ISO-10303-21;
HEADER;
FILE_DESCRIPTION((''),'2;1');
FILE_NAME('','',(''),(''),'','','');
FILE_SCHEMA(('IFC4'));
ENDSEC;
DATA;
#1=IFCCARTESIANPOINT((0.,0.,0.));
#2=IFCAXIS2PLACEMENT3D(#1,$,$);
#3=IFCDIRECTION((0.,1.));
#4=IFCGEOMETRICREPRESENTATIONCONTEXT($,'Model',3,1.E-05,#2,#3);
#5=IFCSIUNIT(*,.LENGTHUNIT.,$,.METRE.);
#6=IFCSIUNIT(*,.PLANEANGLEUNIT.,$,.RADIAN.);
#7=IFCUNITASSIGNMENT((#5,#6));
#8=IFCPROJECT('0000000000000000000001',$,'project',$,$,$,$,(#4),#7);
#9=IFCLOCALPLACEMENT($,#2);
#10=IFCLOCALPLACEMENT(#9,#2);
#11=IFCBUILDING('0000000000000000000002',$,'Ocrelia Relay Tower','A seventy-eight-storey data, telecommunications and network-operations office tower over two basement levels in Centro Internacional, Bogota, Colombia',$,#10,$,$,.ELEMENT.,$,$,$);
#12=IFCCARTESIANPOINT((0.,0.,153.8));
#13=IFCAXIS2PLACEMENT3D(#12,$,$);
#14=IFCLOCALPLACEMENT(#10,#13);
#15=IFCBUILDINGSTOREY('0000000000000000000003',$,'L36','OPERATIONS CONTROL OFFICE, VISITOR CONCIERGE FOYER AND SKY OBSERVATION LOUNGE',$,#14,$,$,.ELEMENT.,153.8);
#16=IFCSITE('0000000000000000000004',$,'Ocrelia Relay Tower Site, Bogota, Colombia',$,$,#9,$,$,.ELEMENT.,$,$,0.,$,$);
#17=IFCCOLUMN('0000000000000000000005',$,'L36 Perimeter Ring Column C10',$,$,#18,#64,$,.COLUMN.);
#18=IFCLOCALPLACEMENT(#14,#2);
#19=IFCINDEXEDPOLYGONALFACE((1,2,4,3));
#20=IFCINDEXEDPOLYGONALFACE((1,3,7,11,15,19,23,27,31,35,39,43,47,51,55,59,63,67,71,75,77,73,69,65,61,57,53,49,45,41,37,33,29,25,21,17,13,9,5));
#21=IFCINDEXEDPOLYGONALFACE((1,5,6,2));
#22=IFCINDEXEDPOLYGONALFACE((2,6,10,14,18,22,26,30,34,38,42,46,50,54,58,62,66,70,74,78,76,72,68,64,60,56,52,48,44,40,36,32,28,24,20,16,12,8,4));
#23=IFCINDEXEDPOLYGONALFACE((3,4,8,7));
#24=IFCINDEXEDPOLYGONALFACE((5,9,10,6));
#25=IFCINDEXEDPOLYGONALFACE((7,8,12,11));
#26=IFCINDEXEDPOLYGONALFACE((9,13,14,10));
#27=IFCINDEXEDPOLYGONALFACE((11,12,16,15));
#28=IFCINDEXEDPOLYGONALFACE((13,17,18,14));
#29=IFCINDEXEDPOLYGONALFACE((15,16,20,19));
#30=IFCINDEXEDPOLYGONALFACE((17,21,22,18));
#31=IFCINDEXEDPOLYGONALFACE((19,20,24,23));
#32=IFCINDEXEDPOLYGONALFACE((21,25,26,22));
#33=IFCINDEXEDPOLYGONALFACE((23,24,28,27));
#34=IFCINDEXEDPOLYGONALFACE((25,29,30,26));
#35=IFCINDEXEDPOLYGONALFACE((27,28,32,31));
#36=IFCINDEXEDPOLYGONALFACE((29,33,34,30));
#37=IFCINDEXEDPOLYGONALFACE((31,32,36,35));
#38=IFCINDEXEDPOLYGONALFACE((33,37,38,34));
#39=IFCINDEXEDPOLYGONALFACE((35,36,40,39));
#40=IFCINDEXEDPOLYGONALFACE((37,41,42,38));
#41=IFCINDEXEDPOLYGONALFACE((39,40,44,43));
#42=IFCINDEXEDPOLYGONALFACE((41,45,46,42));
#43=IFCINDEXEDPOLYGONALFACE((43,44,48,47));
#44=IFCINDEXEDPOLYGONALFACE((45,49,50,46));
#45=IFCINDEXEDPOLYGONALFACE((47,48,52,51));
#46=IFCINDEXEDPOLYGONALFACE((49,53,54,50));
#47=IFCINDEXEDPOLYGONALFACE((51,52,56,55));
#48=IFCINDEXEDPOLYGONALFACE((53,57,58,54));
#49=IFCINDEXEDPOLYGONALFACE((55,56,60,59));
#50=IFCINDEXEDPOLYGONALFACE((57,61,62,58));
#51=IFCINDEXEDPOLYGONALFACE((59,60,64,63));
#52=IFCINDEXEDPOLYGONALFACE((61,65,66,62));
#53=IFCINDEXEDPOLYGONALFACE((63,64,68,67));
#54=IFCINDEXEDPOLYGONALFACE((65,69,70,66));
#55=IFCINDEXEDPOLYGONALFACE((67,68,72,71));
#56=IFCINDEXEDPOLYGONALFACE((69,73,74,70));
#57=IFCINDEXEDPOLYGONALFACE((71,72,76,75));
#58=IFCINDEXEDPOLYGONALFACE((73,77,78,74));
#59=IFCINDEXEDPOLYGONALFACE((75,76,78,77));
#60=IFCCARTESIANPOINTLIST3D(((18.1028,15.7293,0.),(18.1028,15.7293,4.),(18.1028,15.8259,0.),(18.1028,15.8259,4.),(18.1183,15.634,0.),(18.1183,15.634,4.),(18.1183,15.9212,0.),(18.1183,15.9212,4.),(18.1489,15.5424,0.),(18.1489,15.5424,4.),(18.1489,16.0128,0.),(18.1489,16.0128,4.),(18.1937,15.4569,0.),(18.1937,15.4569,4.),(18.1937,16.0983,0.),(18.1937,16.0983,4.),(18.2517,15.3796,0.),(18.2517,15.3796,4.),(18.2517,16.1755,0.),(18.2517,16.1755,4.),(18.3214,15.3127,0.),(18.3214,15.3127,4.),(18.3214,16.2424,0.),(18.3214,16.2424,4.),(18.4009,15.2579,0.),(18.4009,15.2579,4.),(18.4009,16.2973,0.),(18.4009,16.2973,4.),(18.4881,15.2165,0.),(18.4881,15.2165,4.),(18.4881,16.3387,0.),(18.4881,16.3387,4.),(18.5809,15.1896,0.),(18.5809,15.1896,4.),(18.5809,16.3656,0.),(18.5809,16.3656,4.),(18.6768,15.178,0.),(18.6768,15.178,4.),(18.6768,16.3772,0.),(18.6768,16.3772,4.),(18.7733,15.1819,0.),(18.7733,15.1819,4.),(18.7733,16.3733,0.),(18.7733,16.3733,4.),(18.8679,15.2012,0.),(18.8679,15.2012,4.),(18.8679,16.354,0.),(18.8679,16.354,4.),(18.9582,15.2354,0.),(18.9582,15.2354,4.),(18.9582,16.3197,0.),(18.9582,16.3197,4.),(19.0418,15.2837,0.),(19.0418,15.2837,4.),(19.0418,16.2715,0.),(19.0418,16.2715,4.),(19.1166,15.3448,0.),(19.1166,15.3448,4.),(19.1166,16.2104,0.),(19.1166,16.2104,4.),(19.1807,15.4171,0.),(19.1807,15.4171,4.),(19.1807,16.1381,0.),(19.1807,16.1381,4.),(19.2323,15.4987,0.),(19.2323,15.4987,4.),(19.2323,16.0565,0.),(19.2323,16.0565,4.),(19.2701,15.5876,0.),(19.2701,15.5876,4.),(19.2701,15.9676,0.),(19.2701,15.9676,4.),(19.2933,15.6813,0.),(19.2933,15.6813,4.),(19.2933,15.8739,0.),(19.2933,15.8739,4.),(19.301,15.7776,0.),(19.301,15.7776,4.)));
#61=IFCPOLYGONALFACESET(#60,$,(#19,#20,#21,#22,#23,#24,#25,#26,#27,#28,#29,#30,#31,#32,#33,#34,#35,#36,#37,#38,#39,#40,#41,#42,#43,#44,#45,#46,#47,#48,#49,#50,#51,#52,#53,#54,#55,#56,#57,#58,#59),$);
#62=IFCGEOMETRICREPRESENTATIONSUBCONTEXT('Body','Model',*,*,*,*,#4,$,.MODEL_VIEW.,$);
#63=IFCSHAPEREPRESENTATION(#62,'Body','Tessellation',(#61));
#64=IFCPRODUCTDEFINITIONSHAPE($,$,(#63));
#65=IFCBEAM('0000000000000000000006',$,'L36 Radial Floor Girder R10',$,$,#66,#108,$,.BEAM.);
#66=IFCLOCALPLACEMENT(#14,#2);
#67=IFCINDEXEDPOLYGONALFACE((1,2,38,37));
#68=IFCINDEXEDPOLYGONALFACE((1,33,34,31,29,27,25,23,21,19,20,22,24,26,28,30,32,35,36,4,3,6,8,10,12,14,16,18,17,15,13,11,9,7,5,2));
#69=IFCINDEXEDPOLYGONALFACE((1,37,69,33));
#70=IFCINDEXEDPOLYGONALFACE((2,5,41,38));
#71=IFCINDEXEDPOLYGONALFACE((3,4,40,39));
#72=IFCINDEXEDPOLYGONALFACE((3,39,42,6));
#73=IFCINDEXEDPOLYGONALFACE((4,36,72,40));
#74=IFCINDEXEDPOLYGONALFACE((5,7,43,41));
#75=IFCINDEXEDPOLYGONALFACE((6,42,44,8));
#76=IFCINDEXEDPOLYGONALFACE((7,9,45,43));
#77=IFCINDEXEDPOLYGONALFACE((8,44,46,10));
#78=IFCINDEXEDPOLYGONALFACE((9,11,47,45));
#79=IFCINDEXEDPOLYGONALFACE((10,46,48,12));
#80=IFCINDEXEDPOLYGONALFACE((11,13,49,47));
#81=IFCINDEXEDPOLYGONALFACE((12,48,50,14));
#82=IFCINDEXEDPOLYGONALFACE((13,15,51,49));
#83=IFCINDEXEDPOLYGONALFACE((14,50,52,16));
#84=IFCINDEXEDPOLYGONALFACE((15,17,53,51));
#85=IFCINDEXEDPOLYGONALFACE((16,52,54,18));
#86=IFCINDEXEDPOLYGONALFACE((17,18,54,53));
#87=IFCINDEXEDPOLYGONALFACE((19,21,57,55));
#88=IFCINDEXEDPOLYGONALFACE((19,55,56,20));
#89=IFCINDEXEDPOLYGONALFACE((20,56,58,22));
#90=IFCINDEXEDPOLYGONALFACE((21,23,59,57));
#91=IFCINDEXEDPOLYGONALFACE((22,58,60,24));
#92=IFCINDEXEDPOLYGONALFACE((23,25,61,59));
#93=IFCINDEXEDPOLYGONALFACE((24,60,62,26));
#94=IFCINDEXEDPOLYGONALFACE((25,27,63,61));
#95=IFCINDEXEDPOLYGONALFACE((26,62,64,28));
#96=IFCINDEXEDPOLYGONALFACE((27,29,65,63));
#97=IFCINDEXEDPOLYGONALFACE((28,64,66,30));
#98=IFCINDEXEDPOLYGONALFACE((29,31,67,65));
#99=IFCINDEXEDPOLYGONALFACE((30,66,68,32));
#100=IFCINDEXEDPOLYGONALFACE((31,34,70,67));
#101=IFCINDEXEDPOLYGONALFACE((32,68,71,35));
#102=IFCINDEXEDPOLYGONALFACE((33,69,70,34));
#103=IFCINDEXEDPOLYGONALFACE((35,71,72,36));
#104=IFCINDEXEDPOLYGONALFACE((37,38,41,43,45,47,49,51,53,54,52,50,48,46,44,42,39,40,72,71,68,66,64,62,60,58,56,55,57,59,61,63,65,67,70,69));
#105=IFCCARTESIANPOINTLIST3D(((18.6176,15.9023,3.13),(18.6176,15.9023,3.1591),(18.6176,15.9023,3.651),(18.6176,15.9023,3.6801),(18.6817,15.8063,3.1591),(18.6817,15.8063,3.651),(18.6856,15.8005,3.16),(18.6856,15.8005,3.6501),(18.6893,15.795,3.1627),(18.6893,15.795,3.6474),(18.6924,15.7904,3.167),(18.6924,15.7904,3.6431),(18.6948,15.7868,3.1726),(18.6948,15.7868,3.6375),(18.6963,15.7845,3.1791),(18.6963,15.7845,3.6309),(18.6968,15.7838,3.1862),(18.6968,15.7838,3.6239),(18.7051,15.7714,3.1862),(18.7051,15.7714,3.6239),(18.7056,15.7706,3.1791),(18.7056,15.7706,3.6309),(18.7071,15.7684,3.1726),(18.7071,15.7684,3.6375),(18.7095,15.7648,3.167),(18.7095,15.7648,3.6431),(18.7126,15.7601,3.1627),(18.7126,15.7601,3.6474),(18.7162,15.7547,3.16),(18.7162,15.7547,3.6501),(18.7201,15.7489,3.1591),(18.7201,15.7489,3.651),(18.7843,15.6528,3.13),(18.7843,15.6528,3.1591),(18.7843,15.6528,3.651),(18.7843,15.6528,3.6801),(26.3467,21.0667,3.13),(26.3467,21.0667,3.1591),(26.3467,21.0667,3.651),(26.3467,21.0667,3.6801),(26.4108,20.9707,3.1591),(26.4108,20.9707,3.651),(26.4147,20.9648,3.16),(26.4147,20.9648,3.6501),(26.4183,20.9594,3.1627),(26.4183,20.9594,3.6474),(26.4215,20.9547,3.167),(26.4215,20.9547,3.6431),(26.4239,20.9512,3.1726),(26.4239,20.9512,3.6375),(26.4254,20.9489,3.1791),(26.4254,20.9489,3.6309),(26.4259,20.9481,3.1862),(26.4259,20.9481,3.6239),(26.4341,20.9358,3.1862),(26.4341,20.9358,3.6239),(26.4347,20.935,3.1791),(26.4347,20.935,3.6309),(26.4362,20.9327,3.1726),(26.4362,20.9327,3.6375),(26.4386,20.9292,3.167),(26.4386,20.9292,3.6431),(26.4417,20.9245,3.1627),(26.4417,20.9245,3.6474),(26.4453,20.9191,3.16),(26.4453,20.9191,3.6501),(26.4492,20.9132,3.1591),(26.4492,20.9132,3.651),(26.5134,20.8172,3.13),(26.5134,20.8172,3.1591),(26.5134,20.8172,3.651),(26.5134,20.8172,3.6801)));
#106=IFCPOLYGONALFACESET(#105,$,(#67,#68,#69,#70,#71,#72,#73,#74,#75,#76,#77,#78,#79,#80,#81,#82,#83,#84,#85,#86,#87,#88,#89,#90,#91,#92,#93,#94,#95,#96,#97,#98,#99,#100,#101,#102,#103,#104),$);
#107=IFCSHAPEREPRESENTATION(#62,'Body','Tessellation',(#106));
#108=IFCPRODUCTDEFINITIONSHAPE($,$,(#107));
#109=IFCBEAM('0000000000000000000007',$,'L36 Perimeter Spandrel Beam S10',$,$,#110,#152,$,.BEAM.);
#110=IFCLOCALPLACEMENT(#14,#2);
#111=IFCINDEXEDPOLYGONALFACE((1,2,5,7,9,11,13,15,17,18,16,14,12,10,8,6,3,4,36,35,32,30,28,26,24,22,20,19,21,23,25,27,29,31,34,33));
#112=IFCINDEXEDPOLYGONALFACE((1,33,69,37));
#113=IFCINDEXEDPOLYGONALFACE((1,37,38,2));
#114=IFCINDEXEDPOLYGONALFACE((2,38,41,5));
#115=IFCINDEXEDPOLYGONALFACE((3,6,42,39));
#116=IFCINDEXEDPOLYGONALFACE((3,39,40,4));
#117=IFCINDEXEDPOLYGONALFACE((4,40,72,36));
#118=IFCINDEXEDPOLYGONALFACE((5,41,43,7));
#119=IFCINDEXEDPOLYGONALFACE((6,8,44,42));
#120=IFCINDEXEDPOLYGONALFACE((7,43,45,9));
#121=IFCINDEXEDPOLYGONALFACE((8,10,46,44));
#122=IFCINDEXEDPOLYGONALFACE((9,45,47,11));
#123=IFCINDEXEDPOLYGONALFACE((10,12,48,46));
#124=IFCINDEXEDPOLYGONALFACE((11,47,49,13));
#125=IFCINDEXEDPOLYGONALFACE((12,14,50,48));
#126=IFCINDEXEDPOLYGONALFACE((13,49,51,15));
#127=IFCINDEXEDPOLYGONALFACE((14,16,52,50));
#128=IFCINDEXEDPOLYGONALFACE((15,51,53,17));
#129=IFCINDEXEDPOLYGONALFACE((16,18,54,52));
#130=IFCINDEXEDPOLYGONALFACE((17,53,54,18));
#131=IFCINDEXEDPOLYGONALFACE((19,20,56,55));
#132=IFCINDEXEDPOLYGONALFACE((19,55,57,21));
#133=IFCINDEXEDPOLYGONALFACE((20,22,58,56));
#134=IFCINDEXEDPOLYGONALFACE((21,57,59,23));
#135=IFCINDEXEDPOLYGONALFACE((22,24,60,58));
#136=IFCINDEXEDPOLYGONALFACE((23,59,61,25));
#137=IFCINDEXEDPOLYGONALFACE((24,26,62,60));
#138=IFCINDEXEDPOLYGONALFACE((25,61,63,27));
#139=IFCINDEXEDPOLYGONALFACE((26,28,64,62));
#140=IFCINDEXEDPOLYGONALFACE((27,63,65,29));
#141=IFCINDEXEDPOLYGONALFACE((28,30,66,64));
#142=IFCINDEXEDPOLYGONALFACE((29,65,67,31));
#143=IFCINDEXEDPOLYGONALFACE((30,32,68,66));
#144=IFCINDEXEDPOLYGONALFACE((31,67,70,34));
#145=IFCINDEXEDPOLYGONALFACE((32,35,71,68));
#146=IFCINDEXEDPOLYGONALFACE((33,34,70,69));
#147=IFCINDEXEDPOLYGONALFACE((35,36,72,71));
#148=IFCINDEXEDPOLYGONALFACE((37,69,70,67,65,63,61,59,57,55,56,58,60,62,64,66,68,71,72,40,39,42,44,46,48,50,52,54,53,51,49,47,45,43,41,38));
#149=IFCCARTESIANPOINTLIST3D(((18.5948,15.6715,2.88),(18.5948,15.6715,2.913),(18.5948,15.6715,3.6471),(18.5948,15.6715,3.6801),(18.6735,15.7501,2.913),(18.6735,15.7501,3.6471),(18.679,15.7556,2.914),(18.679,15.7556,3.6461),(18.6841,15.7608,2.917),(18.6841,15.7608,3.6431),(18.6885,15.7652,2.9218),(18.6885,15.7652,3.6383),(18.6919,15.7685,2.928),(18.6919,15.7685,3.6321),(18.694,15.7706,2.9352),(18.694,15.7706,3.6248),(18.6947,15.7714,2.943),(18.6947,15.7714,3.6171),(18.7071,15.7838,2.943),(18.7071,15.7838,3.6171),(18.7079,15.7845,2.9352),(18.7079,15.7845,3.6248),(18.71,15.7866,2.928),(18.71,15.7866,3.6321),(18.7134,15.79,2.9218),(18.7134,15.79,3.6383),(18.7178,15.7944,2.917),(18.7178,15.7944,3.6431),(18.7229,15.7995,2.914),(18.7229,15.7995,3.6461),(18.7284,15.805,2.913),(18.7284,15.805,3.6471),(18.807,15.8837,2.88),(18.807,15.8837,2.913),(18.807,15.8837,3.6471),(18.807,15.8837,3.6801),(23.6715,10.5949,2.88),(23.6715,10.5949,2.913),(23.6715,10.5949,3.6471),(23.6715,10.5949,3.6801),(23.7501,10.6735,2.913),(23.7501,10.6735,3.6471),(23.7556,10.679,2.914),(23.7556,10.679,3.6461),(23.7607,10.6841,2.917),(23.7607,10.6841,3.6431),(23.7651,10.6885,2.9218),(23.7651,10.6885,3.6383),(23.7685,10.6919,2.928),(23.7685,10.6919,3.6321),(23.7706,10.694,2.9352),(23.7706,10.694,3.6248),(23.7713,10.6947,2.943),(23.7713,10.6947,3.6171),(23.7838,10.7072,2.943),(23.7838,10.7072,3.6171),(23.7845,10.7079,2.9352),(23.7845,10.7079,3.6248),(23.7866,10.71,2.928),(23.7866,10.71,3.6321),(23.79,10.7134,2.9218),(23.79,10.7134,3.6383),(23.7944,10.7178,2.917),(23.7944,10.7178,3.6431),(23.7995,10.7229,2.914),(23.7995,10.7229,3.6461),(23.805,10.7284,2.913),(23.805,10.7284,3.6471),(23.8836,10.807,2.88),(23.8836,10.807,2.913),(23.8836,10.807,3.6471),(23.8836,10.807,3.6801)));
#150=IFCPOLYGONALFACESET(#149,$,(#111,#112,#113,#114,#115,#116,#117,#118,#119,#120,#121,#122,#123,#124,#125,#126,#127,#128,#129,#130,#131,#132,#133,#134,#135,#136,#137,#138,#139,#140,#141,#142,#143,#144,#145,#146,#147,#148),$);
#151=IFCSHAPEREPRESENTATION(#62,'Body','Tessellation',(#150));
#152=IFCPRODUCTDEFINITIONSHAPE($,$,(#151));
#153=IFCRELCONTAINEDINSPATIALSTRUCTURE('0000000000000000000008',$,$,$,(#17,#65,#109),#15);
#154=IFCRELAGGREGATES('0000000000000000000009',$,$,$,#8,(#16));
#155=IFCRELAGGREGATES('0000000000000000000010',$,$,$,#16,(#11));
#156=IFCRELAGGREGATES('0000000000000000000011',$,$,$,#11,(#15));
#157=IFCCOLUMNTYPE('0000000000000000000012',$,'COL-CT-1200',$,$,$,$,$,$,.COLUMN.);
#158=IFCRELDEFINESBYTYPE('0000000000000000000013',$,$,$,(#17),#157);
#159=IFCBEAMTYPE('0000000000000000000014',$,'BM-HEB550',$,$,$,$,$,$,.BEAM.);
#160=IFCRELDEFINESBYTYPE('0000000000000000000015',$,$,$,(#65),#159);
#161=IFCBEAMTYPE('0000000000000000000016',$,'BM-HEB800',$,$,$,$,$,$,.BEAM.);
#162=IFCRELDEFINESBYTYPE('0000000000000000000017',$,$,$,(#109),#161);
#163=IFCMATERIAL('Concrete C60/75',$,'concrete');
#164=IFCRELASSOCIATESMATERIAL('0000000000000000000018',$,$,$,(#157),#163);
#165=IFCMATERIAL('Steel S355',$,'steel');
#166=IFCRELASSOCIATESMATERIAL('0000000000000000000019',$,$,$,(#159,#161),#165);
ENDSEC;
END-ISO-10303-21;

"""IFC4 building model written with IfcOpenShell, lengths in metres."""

from ifc_helpers import new_model, si_unit, direction, frame, origin, origin_2d, place, context, subcontext, project, spatial, circle, i_section, extrude, material, material_profile, profile_set, type_object, element, save


model = new_model("IFC4")

# Units and contexts
model_context = context("Model", 3, precision=1e-05, world=origin(), true_north=direction((0.0, 1.0)))
body_context = subcontext(model_context, "Body", "Model", "MODEL_VIEW")
ifc_project = project(units=[si_unit("LENGTHUNIT", "METRE"), si_unit("PLANEANGLEUNIT", "RADIAN")], contexts=[model_context])

# Site, building, storey
site_placement = place(None, origin())
site = spatial("IfcSite", under=ifc_project, at=site_placement, Name="Ocrelia Relay Tower Site, Bogota, Colombia", CompositionType="ELEMENT", RefElevation=0.0)
building_placement = place(site_placement, origin())
building = spatial("IfcBuilding", under=site, at=building_placement, Name="Ocrelia Relay Tower", Description="A seventy-eight-storey data, telecommunications and network-operations office tower over two basement levels in Centro Internacional, Bogota, Colombia", CompositionType="ELEMENT")
storey_placement = place(building_placement, frame((0.0, 0.0, 153.8)))
storey = spatial("IfcBuildingStorey", under=building, at=storey_placement, Name="L36", Description="OPERATIONS CONTROL OFFICE, VISITOR CONCIERGE FOYER AND SKY OBSERVATION LOUNGE", CompositionType="ELEMENT", Elevation=153.8)

# Column
ifc_material_1 = material(Name="Concrete C60/75", Category="concrete")
ifc_material_profile_1 = material_profile(ifc_material_1, circle(Radius=0.6001, at=origin_2d()), Name="RC-CIR-1200")
ifc_profile_set_1 = profile_set([ifc_material_profile_1], Name="Concrete C60/75")
column_type = type_object("IfcColumnType", Name="COL-CT-1200", PredefinedType="COLUMN", material=ifc_profile_set_1)
column_placement = place(storey_placement, frame((18.7009, 15.7776, 0.0), z_axis=(0.0, 0.0, 1.0), x_axis=(1.0, 0.0, 0.0)))
element("IfcColumn", 1, at=column_placement, inside=storey, type_object=column_type, Name="L36 Perimeter Ring Column C10", PredefinedType="COLUMN", context=body_context, shape_type="SweptSolid", body=[
    extrude(circle(Radius=0.6001, at=origin_2d()), origin(), (0.0, 0.0, 1.0), 4.0),
])

# Beams
ifc_material_2 = material(Name="Steel S355", Category="steel")
ifc_material_profile_2 = material_profile(ifc_material_2, i_section(OverallWidth=0.3, OverallDepth=0.55, WebThickness=0.0149, FlangeThickness=0.0291, FilletRadius=0.0271, at=origin_2d()), Name="HEB 550")
ifc_profile_set_2 = profile_set([ifc_material_profile_2], Name="Steel S355")
beam_type_1 = type_object("IfcBeamType", Name="BM-HEB550", PredefinedType="BEAM", material=ifc_profile_set_2)
beam_1_placement = place(storey_placement, frame((18.7009, 15.7776, 3.405), z_axis=(0.831472, 0.555567, 0.0), x_axis=(-0.555567, 0.831472, 0.0)))
element("IfcBeam", 2, at=beam_1_placement, inside=storey, type_object=beam_type_1, Name="L36 Radial Floor Girder R10", PredefinedType="BEAM", context=body_context, shape_type="SweptSolid", body=[
    extrude(i_section(OverallWidth=0.3, OverallDepth=0.55, WebThickness=0.0149, FlangeThickness=0.0291, FilletRadius=0.0271, at=origin_2d()), origin(), (0.0, 0.0, 1.0), 9.2957),
])
ifc_material_profile_3 = material_profile(ifc_material_2, i_section(OverallWidth=0.3, OverallDepth=0.8, WebThickness=0.0176, FlangeThickness=0.033, FilletRadius=0.03, at=origin_2d()), Name="HEB 800")
ifc_profile_set_3 = profile_set([ifc_material_profile_3], Name="Steel S355")
beam_type_2 = type_object("IfcBeamType", Name="BM-HEB800", PredefinedType="BEAM", material=ifc_profile_set_3)
beam_2_placement = place(storey_placement, frame((18.7009, 15.7776, 3.28), z_axis=(0.707107, -0.707107, 0.0), x_axis=(0.707107, 0.707107, 0.0)))
element("IfcBeam", 3, at=beam_2_placement, inside=storey, type_object=beam_type_2, Name="L36 Perimeter Spandrel Beam S10", PredefinedType="BEAM", context=body_context, shape_type="SweptSolid", body=[
    extrude(i_section(OverallWidth=0.3, OverallDepth=0.8, WebThickness=0.0176, FlangeThickness=0.033, FilletRadius=0.03, at=origin_2d()), origin(), (0.0, 0.0, 1.0), 7.1794),
])

save(model, "model.ifc")
